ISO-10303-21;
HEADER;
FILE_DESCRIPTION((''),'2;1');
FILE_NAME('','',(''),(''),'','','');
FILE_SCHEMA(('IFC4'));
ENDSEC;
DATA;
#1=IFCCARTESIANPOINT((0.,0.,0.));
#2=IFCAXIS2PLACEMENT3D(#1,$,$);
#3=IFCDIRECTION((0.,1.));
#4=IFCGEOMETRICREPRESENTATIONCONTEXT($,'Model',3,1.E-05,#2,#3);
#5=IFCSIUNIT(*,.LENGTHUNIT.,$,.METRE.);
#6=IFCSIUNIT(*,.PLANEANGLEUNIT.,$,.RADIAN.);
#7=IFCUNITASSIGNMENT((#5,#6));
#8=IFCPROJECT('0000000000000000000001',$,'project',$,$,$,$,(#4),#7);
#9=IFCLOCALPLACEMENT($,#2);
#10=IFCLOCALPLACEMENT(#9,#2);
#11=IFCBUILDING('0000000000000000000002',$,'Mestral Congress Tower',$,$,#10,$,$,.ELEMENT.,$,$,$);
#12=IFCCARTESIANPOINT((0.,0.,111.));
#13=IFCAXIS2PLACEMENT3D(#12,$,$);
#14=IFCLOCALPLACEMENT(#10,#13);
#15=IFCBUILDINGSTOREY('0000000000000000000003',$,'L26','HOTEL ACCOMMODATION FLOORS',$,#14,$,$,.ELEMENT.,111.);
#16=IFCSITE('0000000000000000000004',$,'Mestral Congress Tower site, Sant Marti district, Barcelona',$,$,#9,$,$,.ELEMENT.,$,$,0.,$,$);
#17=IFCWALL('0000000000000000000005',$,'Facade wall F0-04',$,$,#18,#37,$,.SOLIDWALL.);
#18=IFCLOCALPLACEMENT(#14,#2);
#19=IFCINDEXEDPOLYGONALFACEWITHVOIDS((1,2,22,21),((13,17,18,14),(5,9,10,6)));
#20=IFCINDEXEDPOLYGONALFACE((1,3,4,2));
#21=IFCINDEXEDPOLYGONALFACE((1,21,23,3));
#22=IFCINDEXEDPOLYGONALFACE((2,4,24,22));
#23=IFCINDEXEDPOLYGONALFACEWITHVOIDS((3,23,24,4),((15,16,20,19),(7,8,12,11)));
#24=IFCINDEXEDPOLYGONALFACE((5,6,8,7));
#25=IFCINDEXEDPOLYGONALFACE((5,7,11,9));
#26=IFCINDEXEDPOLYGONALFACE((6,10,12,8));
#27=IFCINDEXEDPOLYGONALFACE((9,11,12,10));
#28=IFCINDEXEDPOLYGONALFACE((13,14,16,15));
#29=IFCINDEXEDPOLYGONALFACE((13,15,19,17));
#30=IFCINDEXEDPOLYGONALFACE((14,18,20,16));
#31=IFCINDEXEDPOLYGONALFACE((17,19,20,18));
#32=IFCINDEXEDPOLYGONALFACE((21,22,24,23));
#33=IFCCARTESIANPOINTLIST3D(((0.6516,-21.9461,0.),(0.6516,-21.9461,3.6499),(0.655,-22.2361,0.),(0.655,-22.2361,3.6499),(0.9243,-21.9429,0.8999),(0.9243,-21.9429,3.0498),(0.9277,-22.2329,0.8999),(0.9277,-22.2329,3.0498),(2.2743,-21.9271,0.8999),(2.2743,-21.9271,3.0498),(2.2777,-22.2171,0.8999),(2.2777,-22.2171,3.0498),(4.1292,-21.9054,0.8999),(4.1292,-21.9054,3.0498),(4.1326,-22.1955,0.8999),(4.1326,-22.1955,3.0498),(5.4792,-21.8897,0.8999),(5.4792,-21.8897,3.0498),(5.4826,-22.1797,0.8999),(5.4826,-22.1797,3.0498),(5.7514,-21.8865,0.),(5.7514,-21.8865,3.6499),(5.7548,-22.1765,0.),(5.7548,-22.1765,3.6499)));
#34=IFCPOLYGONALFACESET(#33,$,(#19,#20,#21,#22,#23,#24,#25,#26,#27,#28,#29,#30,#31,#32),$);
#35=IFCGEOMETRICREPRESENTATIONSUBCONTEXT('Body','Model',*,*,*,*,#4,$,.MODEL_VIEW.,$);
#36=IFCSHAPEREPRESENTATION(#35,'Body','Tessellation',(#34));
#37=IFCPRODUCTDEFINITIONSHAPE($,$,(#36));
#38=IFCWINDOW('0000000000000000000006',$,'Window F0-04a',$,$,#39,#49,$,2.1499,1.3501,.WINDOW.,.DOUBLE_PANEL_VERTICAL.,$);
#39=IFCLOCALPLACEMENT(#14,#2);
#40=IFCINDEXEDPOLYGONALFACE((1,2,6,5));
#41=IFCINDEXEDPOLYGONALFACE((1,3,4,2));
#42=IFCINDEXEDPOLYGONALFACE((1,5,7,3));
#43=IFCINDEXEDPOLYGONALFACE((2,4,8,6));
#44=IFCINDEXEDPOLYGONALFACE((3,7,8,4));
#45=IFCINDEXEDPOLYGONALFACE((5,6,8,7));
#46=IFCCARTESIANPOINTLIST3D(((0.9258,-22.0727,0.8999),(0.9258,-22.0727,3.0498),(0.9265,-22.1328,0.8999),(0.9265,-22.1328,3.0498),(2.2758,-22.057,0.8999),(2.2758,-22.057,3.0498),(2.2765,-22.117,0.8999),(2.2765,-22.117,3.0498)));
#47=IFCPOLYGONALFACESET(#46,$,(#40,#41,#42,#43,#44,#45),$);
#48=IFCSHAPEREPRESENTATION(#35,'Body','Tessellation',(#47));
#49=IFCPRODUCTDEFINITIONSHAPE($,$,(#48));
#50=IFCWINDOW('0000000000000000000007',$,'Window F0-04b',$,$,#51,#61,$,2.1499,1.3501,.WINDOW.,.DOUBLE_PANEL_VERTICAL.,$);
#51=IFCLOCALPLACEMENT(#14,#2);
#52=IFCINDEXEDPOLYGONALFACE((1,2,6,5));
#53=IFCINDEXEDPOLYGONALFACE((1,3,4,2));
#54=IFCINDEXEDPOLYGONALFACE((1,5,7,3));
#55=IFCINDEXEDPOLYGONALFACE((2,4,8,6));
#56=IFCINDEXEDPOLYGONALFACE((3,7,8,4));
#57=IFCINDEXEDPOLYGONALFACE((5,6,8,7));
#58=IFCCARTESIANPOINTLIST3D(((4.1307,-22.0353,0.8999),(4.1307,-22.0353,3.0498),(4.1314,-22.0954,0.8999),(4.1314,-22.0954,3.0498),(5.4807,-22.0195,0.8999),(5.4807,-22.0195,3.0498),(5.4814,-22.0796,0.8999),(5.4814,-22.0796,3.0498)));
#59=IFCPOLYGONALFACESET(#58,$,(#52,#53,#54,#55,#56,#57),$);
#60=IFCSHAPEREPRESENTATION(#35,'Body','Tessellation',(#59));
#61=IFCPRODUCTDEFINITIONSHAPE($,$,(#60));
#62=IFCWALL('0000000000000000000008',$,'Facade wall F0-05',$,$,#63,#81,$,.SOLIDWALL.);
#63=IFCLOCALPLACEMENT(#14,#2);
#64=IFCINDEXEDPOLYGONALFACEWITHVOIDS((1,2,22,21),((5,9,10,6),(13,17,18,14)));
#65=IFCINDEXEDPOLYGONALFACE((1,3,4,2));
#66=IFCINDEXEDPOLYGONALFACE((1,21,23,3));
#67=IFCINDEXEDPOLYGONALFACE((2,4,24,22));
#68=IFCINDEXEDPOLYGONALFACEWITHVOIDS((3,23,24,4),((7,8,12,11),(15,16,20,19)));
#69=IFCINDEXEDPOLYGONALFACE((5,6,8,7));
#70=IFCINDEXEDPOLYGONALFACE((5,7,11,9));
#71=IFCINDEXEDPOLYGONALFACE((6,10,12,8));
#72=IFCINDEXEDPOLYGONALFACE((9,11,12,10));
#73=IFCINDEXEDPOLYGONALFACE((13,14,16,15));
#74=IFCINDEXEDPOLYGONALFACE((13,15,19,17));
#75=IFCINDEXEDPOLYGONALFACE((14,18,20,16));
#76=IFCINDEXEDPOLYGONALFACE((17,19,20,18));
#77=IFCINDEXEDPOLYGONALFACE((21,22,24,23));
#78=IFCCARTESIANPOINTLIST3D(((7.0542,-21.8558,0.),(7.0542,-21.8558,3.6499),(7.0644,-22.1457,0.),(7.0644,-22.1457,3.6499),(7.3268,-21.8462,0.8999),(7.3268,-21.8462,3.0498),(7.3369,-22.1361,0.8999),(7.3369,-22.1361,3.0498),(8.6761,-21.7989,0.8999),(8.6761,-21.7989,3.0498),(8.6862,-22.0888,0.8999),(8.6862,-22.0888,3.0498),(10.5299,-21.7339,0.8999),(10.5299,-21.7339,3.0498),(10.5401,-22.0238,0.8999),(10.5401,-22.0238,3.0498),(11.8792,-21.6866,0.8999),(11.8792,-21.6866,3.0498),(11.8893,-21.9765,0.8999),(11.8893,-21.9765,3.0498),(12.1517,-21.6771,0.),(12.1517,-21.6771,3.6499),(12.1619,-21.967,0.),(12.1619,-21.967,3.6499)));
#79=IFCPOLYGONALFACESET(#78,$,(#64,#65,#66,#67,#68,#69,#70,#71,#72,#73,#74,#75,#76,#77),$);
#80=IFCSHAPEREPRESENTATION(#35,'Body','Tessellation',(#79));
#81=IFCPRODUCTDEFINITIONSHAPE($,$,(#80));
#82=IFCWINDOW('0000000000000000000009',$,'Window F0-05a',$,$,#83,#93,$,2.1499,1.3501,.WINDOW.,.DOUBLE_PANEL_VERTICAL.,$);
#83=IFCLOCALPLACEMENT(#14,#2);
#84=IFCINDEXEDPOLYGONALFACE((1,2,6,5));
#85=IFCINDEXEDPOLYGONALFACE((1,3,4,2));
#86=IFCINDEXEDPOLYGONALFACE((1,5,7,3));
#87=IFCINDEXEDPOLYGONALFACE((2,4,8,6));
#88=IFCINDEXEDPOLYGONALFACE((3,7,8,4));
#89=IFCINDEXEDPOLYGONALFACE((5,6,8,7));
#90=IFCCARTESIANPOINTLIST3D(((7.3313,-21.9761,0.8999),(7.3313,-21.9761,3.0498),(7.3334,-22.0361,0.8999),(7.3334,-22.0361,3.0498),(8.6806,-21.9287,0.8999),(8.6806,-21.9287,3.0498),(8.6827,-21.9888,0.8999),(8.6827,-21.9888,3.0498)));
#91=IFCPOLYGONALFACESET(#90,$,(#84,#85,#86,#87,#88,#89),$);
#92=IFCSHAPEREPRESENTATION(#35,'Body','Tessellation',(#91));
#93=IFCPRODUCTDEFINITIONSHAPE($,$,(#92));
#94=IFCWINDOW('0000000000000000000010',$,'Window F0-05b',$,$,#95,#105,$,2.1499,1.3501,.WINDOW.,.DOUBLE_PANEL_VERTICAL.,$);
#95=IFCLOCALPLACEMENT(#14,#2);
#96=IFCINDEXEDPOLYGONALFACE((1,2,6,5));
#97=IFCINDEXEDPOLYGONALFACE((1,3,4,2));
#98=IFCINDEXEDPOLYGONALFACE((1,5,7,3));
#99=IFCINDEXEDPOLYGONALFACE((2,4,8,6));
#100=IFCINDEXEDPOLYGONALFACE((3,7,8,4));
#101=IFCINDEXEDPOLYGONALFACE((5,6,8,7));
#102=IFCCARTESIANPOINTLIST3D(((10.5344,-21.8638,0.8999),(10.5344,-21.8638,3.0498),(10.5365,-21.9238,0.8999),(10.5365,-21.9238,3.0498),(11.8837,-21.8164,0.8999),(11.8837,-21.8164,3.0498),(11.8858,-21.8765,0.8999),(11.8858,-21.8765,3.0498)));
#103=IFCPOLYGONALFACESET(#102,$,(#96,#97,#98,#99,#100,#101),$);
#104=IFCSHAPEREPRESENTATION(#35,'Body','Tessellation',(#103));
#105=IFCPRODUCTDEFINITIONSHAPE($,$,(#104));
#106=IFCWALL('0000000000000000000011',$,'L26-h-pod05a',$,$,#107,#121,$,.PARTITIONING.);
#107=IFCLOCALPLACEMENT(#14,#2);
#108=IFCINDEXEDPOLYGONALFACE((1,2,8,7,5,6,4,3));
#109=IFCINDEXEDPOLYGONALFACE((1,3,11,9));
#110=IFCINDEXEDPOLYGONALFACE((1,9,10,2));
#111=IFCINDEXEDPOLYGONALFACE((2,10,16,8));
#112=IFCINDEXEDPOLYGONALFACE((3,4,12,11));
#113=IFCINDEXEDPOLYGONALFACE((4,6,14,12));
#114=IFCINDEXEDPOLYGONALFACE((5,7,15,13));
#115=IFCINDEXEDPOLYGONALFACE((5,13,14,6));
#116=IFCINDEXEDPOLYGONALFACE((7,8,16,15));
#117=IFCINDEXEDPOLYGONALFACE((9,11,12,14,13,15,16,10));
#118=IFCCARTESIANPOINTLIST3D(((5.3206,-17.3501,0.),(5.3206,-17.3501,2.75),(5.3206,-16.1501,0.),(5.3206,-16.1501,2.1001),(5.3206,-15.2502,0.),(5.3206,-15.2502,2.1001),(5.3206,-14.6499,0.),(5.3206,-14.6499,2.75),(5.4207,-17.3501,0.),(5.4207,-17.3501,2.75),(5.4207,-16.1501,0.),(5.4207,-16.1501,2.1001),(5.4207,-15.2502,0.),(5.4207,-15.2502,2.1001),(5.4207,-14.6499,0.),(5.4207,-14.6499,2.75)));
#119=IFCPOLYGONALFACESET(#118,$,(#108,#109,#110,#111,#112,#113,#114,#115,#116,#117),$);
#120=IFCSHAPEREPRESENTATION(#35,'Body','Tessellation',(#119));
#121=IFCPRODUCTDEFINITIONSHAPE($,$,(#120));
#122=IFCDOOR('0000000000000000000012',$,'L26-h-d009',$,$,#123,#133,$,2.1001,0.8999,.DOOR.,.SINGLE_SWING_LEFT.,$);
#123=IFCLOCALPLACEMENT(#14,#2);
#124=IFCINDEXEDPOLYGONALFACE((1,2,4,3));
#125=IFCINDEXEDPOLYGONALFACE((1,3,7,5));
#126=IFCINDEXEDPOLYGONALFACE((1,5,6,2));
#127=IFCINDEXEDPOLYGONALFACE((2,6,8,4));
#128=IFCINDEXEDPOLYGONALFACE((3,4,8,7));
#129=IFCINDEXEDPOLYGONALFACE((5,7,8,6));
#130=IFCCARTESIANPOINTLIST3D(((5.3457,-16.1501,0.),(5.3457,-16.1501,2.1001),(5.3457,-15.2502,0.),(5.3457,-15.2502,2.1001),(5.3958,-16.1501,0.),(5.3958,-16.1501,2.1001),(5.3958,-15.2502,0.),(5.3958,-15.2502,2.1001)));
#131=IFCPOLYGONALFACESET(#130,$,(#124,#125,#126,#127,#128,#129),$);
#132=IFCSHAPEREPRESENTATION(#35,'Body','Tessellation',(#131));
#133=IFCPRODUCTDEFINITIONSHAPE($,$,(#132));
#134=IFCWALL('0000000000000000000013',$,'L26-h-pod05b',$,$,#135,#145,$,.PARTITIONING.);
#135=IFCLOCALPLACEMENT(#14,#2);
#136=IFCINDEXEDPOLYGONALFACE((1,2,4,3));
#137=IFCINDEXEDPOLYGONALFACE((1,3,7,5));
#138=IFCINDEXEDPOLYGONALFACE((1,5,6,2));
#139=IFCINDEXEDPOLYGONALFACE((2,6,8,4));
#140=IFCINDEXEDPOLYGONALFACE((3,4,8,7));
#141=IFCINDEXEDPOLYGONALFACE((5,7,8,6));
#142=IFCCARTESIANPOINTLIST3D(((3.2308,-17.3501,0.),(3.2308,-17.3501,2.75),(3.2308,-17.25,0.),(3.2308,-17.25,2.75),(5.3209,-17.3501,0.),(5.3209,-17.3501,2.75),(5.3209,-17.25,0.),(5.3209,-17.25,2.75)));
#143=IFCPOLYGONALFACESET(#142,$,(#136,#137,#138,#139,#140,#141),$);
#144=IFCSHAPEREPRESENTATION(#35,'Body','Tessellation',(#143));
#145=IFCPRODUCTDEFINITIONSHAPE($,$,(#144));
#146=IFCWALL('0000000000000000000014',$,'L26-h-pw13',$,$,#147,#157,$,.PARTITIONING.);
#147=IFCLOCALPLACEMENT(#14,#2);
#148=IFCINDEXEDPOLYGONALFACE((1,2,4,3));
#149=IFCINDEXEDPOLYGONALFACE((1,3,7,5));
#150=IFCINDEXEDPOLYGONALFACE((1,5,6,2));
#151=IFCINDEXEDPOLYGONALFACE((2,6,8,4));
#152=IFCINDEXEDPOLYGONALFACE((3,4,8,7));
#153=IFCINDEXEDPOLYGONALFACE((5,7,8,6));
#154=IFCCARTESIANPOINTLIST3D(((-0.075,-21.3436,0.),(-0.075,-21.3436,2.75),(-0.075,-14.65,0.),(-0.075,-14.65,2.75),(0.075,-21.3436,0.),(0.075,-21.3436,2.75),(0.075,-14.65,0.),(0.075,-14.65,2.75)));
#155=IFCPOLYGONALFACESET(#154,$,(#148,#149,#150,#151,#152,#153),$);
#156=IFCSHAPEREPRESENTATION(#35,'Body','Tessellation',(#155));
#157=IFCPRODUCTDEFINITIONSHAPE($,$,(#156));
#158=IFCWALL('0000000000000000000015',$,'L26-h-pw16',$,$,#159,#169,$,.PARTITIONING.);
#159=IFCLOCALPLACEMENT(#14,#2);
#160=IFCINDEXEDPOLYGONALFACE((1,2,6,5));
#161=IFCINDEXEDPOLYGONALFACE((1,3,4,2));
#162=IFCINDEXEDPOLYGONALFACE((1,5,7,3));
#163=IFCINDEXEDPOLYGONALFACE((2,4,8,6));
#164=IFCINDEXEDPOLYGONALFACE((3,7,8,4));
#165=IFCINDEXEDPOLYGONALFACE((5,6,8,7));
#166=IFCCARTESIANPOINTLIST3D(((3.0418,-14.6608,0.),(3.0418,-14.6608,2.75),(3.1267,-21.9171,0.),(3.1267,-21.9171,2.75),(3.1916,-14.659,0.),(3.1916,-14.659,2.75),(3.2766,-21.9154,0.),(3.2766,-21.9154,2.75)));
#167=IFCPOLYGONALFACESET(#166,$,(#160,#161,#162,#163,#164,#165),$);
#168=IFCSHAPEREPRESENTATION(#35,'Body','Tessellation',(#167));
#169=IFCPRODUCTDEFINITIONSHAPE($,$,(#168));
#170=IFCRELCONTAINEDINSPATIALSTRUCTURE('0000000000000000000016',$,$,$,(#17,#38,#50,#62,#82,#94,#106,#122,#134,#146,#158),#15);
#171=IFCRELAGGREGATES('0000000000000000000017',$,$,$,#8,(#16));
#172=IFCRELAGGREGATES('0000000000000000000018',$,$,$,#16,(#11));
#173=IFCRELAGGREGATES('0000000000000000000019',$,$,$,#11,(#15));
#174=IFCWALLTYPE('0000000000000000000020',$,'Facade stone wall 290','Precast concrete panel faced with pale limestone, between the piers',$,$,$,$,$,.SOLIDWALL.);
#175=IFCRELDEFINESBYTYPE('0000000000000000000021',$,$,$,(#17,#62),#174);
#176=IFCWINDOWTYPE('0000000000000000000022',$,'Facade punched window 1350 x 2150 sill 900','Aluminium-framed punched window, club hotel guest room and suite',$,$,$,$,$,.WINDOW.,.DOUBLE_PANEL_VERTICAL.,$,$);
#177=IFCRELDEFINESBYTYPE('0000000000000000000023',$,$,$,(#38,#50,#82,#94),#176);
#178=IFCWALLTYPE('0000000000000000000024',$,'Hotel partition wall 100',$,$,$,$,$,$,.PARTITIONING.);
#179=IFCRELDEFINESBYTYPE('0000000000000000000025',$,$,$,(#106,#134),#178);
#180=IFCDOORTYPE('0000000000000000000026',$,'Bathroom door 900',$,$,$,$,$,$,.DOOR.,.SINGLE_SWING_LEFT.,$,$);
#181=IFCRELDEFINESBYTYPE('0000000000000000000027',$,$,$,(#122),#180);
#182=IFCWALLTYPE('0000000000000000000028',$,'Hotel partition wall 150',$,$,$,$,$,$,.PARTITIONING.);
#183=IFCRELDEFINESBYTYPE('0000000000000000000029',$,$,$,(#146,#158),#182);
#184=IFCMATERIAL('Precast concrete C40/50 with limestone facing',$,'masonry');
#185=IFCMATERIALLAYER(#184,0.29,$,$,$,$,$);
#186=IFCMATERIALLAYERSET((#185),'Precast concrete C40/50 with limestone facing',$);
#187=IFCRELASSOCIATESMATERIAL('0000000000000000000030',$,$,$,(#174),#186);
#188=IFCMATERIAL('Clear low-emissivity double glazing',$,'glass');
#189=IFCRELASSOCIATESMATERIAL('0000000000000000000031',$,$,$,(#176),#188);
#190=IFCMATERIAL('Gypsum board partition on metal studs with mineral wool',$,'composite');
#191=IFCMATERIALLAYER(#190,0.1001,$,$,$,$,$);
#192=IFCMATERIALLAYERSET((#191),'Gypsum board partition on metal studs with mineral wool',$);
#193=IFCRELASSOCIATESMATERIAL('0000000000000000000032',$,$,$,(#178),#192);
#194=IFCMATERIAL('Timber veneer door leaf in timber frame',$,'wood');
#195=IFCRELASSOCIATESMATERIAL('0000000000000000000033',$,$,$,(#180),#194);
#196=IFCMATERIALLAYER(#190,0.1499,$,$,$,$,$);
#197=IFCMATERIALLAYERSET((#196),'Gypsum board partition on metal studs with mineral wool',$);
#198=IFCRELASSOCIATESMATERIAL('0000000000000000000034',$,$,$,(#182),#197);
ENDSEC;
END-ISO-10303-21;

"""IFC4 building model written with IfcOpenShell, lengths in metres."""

from ifc_helpers import new_model, si_unit, direction, frame, frame_2d, origin, place, context, subcontext, project, spatial, rectangle, extrude, material, layer, layer_set, type_object, element, fill, save


model = new_model("IFC4")

# Units and contexts
model_context = context("Model", 3, precision=1e-05, world=origin(), true_north=direction((0.0, 1.0)))
body_context = subcontext(model_context, "Body", "Model", "MODEL_VIEW")
ifc_project = project(units=[si_unit("LENGTHUNIT", "METRE"), si_unit("PLANEANGLEUNIT", "RADIAN")], contexts=[model_context])

# Site, building, storey
site_placement = place(None, origin())
site = spatial("IfcSite", under=ifc_project, at=site_placement, Name="Mestral Congress Tower site, Sant Marti district, Barcelona", CompositionType="ELEMENT", RefElevation=0.0)
building_placement = place(site_placement, origin())
building = spatial("IfcBuilding", under=site, at=building_placement, Name="Mestral Congress Tower", CompositionType="ELEMENT")
storey_placement = place(building_placement, frame((0.0, 0.0, 111.0)))
storey = spatial("IfcBuildingStorey", under=building, at=storey_placement, Name="L26", Description="HOTEL ACCOMMODATION FLOORS", CompositionType="ELEMENT", Elevation=111.0)

# Walls, openings, windows
ifc_material_1 = material(Name="Precast concrete C40/50 with limestone facing", Category="masonry")
ifc_layer_1 = layer(ifc_material_1, 0.29)
ifc_layer_set_1 = layer_set([ifc_layer_1], Name="Precast concrete C40/50 with limestone facing")
wall_type_1 = type_object("IfcWallType", Name="Facade stone wall 290", Description="Precast concrete panel faced with pale limestone, between the piers", PredefinedType="SOLIDWALL", material=ifc_layer_set_1)
wall_1_placement = place(storey_placement, frame((0.6533, -22.0911, 0.0), z_axis=(0.0, 0.0, 1.0), x_axis=(0.999932, 0.01168, 0.0)))
wall_1 = element("IfcWall", 1, at=wall_1_placement, inside=storey, type_object=wall_type_1, Name="Facade wall F0-04", PredefinedType="SOLIDWALL", context=body_context, shape_type="SweptSolid", body=[
    extrude(rectangle(XDim=5.1001, YDim=0.29, at=frame_2d((2.55, 0.0))), origin(), (0.0, 0.0, 1.0), 3.6499),
])
opening_1_placement = place(wall_1_placement, frame((0.2727, 0.0, 0.8999)))
opening_1 = element("IfcOpeningElement", 2, at=opening_1_placement, cuts=wall_1, PredefinedType="OPENING", context=body_context, shape_type="SweptSolid", body=[
    extrude(rectangle(XDim=1.3501, YDim=2.1499, at=frame_2d((0.675, 1.075))), frame((0.0, 0.155, 0.0), z_axis=(0.0, -1.0, 0.0), x_axis=(1.0, 0.0, 0.0)), (0.0, 0.0, 1.0), 0.3101),
])
opening_2_placement = place(wall_1_placement, frame((3.4778, 0.0, 0.8999)))
opening_2 = element("IfcOpeningElement", 3, at=opening_2_placement, cuts=wall_1, PredefinedType="OPENING", context=body_context, shape_type="SweptSolid", body=[
    extrude(rectangle(XDim=1.3501, YDim=2.1499, at=frame_2d((0.675, 1.075))), frame((0.0, 0.155, 0.0), z_axis=(0.0, -1.0, 0.0), x_axis=(1.0, 0.0, 0.0)), (0.0, 0.0, 1.0), 0.3101),
])
ifc_material_2 = material(Name="Clear low-emissivity double glazing", Category="glass")
window_type = type_object("IfcWindowType", Name="Facade punched window 1350 x 2150 sill 900", Description="Aluminium-framed punched window, club hotel guest room and suite", PartitioningType="DOUBLE_PANEL_VERTICAL", PredefinedType="WINDOW", material=ifc_material_2)
window_1_placement = place(opening_1_placement, origin())
window_1 = element("IfcWindow", 4, at=window_1_placement, inside=storey, type_object=window_type, Name="Window F0-04a", OverallHeight=2.1499, OverallWidth=1.3501, PartitioningType="DOUBLE_PANEL_VERTICAL", PredefinedType="WINDOW", context=body_context, shape_type="SweptSolid", body=[
    extrude(rectangle(XDim=1.3501, YDim=2.1499, at=frame_2d((0.675, 1.075))), frame((0.0, 0.0151, 0.0), z_axis=(0.0, -1.0, 0.0), x_axis=(1.0, 0.0, 0.0)), (0.0, 0.0, 1.0), 0.0601),
])
fill(opening_1, window_1)
window_2_placement = place(opening_2_placement, origin())
window_2 = element("IfcWindow", 5, at=window_2_placement, inside=storey, type_object=window_type, Name="Window F0-04b", OverallHeight=2.1499, OverallWidth=1.3501, PartitioningType="DOUBLE_PANEL_VERTICAL", PredefinedType="WINDOW", context=body_context, shape_type="SweptSolid", body=[
    extrude(rectangle(XDim=1.3501, YDim=2.1499, at=frame_2d((0.675, 1.075))), frame((0.0, 0.0151, 0.0), z_axis=(0.0, -1.0, 0.0), x_axis=(1.0, 0.0, 0.0)), (0.0, 0.0, 1.0), 0.0601),
])
fill(opening_2, window_2)
wall_2_placement = place(storey_placement, frame((7.0593, -22.0007, 0.0), z_axis=(0.0, 0.0, 1.0), x_axis=(0.999386, 0.035038, 0.0)))
wall_2 = element("IfcWall", 6, at=wall_2_placement, inside=storey, type_object=wall_type_1, Name="Facade wall F0-05", PredefinedType="SOLIDWALL", context=body_context, shape_type="SweptSolid", body=[
    extrude(rectangle(XDim=5.1006, YDim=0.29, at=frame_2d((2.5503, 0.0))), origin(), (0.0, 0.0, 1.0), 3.6499),
])
opening_3_placement = place(wall_2_placement, frame((0.2727, 0.0, 0.8999)))
opening_3 = element("IfcOpeningElement", 7, at=opening_3_placement, cuts=wall_2, PredefinedType="OPENING", context=body_context, shape_type="SweptSolid", body=[
    extrude(rectangle(XDim=1.3501, YDim=2.1499, at=frame_2d((0.675, 1.075))), frame((0.0, 0.155, 0.0), z_axis=(0.0, -1.0, 0.0), x_axis=(1.0, 0.0, 0.0)), (0.0, 0.0, 1.0), 0.3101),
])
opening_4_placement = place(wall_2_placement, frame((3.4778, 0.0, 0.8999)))
opening_4 = element("IfcOpeningElement", 8, at=opening_4_placement, cuts=wall_2, PredefinedType="OPENING", context=body_context, shape_type="SweptSolid", body=[
    extrude(rectangle(XDim=1.3501, YDim=2.1499, at=frame_2d((0.675, 1.075))), frame((0.0, 0.155, 0.0), z_axis=(0.0, -1.0, 0.0), x_axis=(1.0, 0.0, 0.0)), (0.0, 0.0, 1.0), 0.3101),
])
window_3_placement = place(opening_3_placement, origin())
window_3 = element("IfcWindow", 9, at=window_3_placement, inside=storey, type_object=window_type, Name="Window F0-05a", OverallHeight=2.1499, OverallWidth=1.3501, PartitioningType="DOUBLE_PANEL_VERTICAL", PredefinedType="WINDOW", context=body_context, shape_type="SweptSolid", body=[
    extrude(rectangle(XDim=1.3501, YDim=2.1499, at=frame_2d((0.675, 1.075))), frame((0.0, 0.0151, 0.0), z_axis=(0.0, -1.0, 0.0), x_axis=(1.0, 0.0, 0.0)), (0.0, 0.0, 1.0), 0.0601),
])
fill(opening_3, window_3)
window_4_placement = place(opening_4_placement, origin())
window_4 = element("IfcWindow", 10, at=window_4_placement, inside=storey, type_object=window_type, Name="Window F0-05b", OverallHeight=2.1499, OverallWidth=1.3501, PartitioningType="DOUBLE_PANEL_VERTICAL", PredefinedType="WINDOW", context=body_context, shape_type="SweptSolid", body=[
    extrude(rectangle(XDim=1.3501, YDim=2.1499, at=frame_2d((0.675, 1.075))), frame((0.0, 0.0151, 0.0), z_axis=(0.0, -1.0, 0.0), x_axis=(1.0, 0.0, 0.0)), (0.0, 0.0, 1.0), 0.0601),
])
fill(opening_4, window_4)

# Wall, opening, door
ifc_material_3 = material(Name="Gypsum board partition on metal studs with mineral wool", Category="composite")
ifc_layer_2 = layer(ifc_material_3, 0.1001)
ifc_layer_set_2 = layer_set([ifc_layer_2], Name="Gypsum board partition on metal studs with mineral wool")
wall_type_2 = type_object("IfcWallType", Name="Hotel partition wall 100", PredefinedType="PARTITIONING", material=ifc_layer_set_2)
wall_3_placement = place(storey_placement, frame((5.3706, -17.3501, 0.0), z_axis=(0.0, 0.0, 1.0), x_axis=(0.0, 1.0, 0.0)))
wall_3 = element("IfcWall", 11, at=wall_3_placement, inside=storey, type_object=wall_type_2, Name="L26-h-pod05a", PredefinedType="PARTITIONING", context=body_context, shape_type="SweptSolid", body=[
    extrude(rectangle(XDim=2.7002, YDim=0.1001, at=frame_2d((1.3501, 0.0))), origin(), (0.0, 0.0, 1.0), 2.75),
])
opening_5_placement = place(wall_3_placement, frame((1.2, 0.0, 0.0)))
opening_5 = element("IfcOpeningElement", 12, at=opening_5_placement, cuts=wall_3, PredefinedType="OPENING", context=body_context, shape_type="SweptSolid", body=[
    extrude(rectangle(XDim=0.8999, YDim=2.1001, at=frame_2d((0.45, 1.05))), frame((0.0, 0.0601, 0.0), z_axis=(0.0, -1.0, 0.0), x_axis=(1.0, 0.0, 0.0)), (0.0, 0.0, 1.0), 0.1201),
])
ifc_material_4 = material(Name="Timber veneer door leaf in timber frame", Category="wood")
door_type_1 = type_object("IfcDoorType", Name="Bathroom door 900", OperationType="SINGLE_SWING_LEFT", PredefinedType="DOOR", material=ifc_material_4)
door_1_placement = place(opening_5_placement, origin())
door_1 = element("IfcDoor", 13, at=door_1_placement, inside=storey, type_object=door_type_1, Name="L26-h-d009", OperationType="SINGLE_SWING_LEFT", OverallHeight=2.1001, OverallWidth=0.8999, PredefinedType="DOOR", context=body_context, shape_type="SweptSolid", body=[
    extrude(rectangle(XDim=0.8999, YDim=2.1001, at=frame_2d((0.45, 1.05))), frame((0.0, 0.0249, 0.0), z_axis=(0.0, -1.0, 0.0), x_axis=(1.0, 0.0, 0.0)), (0.0, 0.0, 1.0), 0.05),
])
fill(opening_5, door_1)

# Walls
wall_4_placement = place(storey_placement, frame((5.3208, -17.3, 0.0), z_axis=(0.0, 0.0, 1.0), x_axis=(-1.0, 0.0, 0.0)))
element("IfcWall", 14, at=wall_4_placement, inside=storey, type_object=wall_type_2, Name="L26-h-pod05b", PredefinedType="PARTITIONING", context=body_context, shape_type="SweptSolid", body=[
    extrude(rectangle(XDim=2.0901, YDim=0.1001, at=frame_2d((1.0449, 0.0))), origin(), (0.0, 0.0, 1.0), 2.75),
])
ifc_layer_3 = layer(ifc_material_3, 0.1499)
ifc_layer_set_3 = layer_set([ifc_layer_3], Name="Gypsum board partition on metal studs with mineral wool")
wall_type_3 = type_object("IfcWallType", Name="Hotel partition wall 150", PredefinedType="PARTITIONING", material=ifc_layer_set_3)
wall_5_placement = place(storey_placement, frame((0.0, -21.3435, 0.0), z_axis=(0.0, 0.0, 1.0), x_axis=(0.0, 1.0, 0.0)))
element("IfcWall", 15, at=wall_5_placement, inside=storey, type_object=wall_type_3, Name="L26-h-pw13", PredefinedType="PARTITIONING", context=body_context, shape_type="SweptSolid", body=[
    extrude(rectangle(XDim=6.6936, YDim=0.1499, at=frame_2d((3.3467, 0.0))), origin(), (0.0, 0.0, 1.0), 2.75),
])
wall_6_placement = place(storey_placement, frame((3.2017, -21.9163, 0.0), z_axis=(0.0, 0.0, 1.0), x_axis=(-0.011708, 0.999931, 0.0)))
element("IfcWall", 16, at=wall_6_placement, inside=storey, type_object=wall_type_3, Name="L26-h-pw16", PredefinedType="PARTITIONING", context=body_context, shape_type="SweptSolid", body=[
    extrude(rectangle(XDim=7.2568, YDim=0.1499, at=frame_2d((3.6284, 0.0))), origin(), (0.0, 0.0, 1.0), 2.75),
])

save(model, "model.ifc")
